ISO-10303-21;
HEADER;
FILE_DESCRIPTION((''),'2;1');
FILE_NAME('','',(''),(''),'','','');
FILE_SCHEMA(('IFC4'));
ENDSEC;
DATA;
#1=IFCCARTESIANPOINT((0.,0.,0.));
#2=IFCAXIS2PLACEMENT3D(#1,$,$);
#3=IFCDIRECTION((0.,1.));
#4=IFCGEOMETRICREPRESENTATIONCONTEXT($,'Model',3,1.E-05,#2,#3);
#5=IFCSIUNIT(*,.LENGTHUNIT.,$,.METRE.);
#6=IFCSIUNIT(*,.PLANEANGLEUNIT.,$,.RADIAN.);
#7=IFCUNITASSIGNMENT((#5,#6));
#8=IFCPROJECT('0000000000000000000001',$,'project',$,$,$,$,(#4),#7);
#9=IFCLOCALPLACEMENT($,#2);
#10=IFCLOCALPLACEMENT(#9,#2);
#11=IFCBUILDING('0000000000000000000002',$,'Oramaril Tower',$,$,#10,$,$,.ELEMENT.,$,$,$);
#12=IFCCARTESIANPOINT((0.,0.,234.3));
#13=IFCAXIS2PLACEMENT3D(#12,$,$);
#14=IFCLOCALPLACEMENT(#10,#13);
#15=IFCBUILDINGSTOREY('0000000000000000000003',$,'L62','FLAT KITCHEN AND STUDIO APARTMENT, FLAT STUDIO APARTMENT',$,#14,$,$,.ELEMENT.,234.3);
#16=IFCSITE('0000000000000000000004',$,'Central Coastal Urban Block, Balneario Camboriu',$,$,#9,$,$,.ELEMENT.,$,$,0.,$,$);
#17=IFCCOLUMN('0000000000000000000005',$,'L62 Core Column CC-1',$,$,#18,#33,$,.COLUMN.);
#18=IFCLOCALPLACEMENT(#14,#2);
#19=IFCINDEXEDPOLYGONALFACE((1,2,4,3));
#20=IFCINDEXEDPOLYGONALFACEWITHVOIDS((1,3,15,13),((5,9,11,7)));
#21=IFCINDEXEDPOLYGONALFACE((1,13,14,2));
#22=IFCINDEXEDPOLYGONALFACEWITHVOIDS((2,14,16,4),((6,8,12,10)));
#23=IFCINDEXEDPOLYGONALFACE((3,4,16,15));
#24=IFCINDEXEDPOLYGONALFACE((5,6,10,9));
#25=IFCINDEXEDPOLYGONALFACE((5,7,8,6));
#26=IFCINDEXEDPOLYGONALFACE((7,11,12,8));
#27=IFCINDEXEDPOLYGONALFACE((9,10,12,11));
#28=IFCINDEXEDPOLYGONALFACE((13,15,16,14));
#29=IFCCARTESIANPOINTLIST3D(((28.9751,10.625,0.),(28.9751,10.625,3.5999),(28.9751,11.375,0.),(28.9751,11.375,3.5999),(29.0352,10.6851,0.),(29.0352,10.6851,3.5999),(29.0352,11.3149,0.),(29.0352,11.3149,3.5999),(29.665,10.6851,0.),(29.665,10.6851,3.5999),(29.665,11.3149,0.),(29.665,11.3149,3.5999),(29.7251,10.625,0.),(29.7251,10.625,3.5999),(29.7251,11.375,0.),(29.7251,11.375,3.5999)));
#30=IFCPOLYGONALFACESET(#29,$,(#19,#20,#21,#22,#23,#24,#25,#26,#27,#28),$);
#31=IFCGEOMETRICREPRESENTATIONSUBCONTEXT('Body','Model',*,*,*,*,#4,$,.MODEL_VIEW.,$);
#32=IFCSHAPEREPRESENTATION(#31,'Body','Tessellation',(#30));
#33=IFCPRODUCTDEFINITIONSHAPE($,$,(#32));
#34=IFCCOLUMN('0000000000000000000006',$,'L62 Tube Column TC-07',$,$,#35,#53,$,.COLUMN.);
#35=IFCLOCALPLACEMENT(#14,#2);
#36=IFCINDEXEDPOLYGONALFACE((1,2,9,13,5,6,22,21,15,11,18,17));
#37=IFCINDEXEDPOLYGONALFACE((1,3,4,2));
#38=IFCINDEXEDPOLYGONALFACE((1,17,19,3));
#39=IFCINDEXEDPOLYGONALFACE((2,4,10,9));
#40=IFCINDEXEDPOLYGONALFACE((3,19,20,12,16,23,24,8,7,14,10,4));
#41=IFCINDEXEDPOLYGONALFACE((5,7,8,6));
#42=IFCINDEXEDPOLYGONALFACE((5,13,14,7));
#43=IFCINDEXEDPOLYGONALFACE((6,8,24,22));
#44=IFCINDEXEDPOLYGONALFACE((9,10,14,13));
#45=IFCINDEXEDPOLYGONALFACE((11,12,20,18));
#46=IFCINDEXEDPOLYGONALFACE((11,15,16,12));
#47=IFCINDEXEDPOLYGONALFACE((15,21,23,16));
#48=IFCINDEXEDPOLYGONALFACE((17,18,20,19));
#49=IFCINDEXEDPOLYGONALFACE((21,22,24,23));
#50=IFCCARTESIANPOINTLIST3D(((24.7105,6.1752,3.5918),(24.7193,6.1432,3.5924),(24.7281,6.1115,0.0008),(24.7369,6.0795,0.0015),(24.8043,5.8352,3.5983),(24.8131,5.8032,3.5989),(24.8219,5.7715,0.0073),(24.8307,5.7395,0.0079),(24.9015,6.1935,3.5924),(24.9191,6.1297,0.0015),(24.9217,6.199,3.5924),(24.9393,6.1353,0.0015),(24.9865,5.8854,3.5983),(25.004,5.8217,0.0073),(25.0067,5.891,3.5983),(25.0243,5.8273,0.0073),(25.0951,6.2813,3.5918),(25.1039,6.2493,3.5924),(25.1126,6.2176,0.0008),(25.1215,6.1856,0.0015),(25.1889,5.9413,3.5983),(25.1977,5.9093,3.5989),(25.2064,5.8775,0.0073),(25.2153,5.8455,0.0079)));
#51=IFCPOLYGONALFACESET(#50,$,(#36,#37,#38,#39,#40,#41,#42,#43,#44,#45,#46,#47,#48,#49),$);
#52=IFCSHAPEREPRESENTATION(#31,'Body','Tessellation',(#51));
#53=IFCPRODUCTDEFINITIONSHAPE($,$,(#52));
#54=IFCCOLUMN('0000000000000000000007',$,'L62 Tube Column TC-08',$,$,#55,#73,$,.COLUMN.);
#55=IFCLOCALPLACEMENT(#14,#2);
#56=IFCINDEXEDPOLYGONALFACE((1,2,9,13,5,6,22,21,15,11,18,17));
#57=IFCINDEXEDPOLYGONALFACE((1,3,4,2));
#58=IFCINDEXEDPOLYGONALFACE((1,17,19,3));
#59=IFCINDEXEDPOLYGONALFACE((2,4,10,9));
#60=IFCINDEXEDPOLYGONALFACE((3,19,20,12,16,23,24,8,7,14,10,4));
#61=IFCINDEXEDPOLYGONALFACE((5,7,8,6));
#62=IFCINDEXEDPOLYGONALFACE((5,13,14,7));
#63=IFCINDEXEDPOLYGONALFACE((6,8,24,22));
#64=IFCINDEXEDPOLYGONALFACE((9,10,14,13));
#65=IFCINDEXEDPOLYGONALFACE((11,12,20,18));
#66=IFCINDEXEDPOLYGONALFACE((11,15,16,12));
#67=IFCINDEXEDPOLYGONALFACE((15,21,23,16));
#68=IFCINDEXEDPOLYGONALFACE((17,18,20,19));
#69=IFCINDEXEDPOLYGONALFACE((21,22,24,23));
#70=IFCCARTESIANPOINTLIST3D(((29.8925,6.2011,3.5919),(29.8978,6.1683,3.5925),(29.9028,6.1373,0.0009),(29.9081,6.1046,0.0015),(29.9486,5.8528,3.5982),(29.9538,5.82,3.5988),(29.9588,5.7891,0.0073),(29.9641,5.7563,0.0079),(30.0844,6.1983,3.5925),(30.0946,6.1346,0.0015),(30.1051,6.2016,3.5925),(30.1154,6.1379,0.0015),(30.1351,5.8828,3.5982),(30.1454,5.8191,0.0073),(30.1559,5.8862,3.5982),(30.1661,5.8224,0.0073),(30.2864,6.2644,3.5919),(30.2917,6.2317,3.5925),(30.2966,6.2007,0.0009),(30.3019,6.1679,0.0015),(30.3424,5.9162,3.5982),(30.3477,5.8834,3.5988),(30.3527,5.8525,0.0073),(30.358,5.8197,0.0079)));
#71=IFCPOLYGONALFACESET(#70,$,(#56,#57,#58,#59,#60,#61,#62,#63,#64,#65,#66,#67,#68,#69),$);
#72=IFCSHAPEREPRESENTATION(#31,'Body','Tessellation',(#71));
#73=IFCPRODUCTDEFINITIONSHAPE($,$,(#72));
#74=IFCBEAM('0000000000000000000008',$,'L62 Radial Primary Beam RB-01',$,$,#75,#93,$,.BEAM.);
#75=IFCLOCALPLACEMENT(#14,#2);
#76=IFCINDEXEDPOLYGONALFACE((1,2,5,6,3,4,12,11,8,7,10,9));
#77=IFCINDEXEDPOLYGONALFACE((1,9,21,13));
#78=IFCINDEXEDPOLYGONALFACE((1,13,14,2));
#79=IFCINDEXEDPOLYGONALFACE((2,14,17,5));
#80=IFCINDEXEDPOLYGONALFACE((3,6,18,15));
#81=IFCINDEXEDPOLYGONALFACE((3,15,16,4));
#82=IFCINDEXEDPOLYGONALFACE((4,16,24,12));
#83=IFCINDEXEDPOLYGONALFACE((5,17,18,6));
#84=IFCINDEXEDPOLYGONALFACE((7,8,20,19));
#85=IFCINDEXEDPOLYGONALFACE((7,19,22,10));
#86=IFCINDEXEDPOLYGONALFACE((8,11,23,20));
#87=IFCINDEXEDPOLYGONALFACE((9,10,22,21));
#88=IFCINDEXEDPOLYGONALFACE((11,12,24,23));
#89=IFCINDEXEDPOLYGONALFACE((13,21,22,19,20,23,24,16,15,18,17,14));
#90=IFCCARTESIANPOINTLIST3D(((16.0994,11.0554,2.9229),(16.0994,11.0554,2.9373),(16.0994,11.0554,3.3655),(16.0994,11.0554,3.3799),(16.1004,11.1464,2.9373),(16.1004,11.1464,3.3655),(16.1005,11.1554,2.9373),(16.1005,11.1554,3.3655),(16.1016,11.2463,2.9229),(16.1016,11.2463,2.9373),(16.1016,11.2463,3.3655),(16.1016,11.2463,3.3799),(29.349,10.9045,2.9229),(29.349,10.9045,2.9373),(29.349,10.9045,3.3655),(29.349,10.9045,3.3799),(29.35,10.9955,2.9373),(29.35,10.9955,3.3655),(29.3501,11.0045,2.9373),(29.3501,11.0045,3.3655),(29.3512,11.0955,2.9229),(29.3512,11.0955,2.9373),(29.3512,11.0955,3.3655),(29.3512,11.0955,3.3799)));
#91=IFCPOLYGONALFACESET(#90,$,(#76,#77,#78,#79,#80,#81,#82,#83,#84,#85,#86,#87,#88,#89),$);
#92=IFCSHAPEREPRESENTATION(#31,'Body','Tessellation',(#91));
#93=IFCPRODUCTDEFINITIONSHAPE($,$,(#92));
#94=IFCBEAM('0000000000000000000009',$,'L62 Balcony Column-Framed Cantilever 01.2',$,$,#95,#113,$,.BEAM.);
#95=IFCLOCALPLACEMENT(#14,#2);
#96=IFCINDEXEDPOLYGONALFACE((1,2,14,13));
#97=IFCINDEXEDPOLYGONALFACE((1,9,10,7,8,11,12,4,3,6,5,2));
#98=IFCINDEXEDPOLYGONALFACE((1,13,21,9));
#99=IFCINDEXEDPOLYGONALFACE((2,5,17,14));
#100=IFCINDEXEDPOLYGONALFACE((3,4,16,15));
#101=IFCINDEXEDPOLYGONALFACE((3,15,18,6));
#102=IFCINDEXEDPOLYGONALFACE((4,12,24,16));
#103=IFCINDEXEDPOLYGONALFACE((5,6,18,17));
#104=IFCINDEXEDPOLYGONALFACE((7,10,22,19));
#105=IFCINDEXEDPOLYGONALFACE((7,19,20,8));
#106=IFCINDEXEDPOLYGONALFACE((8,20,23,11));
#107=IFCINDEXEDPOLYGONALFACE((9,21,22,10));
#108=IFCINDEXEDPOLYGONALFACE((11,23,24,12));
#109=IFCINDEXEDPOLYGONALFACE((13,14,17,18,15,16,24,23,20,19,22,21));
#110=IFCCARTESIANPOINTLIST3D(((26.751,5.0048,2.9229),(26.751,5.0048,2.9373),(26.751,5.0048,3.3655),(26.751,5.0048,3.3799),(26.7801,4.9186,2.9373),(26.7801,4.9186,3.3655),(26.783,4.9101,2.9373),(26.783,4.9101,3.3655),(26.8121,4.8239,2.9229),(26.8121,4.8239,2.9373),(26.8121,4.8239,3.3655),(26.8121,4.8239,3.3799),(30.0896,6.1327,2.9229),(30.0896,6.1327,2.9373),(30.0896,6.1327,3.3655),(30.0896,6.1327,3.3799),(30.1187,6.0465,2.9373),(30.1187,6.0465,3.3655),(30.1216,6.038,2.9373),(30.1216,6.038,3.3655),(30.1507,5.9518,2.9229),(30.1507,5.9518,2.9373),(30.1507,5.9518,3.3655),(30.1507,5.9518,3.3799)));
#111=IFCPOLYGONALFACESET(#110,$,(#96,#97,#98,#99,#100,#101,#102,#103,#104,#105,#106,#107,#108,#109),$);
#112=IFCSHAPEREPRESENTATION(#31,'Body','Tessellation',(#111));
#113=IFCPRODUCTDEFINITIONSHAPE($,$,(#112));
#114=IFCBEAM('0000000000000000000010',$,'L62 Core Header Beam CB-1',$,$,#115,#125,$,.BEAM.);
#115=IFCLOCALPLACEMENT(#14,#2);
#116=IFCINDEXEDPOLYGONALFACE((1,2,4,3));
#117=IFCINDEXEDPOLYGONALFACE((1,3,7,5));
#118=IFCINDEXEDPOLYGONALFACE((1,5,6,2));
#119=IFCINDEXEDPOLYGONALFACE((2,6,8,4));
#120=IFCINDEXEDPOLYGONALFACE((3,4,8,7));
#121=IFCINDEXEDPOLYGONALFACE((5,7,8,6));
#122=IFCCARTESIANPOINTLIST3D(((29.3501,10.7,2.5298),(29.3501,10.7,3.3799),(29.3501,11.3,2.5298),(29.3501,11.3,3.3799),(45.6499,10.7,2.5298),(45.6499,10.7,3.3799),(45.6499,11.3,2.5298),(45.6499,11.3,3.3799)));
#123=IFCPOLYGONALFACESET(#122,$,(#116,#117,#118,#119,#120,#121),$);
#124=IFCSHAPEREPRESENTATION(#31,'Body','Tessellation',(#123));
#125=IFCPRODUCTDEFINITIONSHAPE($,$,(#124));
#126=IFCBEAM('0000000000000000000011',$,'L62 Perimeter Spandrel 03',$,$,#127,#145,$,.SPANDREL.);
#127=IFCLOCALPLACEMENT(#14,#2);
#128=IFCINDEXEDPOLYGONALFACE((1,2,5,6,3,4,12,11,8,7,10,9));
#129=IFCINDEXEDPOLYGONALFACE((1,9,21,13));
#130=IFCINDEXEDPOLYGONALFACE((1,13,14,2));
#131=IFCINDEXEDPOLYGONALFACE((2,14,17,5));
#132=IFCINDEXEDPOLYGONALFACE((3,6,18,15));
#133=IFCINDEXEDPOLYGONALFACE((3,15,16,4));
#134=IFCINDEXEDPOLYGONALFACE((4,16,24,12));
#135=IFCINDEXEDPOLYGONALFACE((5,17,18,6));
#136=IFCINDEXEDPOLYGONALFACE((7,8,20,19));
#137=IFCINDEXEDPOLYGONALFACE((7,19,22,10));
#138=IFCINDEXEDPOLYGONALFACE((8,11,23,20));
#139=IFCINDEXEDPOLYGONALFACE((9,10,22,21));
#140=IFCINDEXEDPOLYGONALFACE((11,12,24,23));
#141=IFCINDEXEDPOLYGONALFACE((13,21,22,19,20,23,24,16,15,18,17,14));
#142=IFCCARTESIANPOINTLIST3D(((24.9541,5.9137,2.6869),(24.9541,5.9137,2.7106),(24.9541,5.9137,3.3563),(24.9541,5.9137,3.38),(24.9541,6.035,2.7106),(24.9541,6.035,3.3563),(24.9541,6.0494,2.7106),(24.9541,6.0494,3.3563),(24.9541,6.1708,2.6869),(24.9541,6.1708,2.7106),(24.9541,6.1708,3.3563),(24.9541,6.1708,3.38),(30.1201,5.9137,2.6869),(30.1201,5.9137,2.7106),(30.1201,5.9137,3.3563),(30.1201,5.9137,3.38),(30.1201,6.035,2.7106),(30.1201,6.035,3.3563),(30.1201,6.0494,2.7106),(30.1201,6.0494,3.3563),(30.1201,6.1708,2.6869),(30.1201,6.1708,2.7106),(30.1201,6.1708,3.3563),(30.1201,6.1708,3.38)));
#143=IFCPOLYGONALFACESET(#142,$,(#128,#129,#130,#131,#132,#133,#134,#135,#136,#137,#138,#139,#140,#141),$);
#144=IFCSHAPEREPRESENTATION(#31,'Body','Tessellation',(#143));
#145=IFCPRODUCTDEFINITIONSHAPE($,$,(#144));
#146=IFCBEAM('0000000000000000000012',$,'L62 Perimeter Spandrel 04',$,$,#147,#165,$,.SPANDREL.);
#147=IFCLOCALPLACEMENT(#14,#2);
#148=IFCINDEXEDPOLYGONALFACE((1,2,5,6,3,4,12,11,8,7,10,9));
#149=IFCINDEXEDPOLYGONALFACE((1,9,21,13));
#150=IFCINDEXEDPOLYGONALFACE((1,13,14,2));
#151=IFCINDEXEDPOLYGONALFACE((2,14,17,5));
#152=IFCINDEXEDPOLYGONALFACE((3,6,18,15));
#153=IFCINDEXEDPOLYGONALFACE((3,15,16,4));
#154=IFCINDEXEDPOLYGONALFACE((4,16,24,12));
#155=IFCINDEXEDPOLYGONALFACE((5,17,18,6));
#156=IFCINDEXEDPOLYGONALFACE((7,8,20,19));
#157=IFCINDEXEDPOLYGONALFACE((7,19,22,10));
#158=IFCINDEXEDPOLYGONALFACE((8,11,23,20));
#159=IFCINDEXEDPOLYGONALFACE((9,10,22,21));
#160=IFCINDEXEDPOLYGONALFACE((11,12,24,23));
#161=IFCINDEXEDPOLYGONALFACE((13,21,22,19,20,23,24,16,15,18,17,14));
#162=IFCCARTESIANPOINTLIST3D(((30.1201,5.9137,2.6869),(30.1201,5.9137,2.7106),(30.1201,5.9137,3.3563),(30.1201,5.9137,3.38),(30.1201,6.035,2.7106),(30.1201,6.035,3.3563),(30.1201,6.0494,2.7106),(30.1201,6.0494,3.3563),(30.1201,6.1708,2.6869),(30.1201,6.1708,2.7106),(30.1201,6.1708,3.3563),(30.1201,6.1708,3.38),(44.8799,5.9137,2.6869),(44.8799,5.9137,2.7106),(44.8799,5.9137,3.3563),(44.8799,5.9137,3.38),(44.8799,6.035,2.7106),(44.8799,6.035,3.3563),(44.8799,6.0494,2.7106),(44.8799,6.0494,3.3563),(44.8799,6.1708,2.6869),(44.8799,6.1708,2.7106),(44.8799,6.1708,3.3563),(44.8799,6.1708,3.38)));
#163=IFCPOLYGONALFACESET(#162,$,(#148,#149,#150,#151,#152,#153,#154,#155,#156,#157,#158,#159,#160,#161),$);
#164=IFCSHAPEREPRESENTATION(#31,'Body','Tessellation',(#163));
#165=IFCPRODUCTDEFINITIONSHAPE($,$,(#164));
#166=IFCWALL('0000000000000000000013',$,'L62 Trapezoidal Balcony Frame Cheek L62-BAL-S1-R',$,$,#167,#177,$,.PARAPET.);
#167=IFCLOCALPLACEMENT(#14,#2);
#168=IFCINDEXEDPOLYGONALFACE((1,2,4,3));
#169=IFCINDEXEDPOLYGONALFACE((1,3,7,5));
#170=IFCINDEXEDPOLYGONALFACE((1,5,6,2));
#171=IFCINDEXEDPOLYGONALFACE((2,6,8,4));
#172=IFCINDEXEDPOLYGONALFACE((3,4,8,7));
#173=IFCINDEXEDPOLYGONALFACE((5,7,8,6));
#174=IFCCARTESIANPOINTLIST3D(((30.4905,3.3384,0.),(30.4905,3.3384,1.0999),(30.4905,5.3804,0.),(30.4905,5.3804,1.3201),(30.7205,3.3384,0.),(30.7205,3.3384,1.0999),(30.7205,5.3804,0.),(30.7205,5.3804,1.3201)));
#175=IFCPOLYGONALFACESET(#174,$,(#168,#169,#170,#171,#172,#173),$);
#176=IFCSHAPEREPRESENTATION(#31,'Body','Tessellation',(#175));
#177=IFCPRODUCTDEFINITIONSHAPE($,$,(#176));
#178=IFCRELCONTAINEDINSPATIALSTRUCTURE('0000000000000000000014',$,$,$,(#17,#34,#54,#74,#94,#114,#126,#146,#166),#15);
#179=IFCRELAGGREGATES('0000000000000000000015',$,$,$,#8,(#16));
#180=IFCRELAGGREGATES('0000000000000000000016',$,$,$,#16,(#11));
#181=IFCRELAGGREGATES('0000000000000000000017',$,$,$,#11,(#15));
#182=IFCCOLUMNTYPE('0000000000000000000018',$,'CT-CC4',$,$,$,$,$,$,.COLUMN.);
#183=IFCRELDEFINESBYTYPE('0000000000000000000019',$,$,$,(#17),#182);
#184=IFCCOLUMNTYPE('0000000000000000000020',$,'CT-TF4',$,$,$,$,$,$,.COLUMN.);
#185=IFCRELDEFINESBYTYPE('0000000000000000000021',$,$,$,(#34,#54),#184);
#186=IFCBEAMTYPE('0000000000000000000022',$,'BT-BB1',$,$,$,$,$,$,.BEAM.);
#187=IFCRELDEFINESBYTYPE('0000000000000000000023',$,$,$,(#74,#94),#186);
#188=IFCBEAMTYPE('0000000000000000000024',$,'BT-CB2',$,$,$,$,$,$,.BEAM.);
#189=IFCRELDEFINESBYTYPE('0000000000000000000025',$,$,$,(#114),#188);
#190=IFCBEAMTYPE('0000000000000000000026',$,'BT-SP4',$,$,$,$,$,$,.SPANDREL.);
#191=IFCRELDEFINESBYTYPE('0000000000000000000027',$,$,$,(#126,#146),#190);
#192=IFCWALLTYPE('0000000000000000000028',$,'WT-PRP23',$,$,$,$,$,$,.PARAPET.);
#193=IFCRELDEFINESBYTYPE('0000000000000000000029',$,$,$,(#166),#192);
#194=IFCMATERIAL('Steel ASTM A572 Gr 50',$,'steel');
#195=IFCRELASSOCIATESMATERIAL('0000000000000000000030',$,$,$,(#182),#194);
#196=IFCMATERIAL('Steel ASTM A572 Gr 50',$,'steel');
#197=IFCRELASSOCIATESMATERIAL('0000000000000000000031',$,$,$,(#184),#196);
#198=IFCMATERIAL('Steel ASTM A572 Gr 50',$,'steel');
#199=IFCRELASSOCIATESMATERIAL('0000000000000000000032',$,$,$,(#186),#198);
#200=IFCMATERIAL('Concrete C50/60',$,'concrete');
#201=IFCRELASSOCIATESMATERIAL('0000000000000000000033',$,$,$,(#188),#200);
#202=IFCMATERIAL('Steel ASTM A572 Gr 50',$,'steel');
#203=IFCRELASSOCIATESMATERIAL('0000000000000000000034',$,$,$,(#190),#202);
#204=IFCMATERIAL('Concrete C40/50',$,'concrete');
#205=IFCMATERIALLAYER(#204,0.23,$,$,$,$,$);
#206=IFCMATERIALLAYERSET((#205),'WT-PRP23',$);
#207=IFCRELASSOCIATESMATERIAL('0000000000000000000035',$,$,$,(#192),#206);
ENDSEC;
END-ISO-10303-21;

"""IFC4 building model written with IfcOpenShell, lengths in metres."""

from ifc_helpers import new_model, si_unit, direction, frame, origin, origin_2d, place, context, subcontext, project, spatial, polyline, rectangle, hollow_rectangle, i_section, outline, extrude, material, layer, layer_set, material_profile, profile_set, type_object, element, save


model = new_model("IFC4")

# Units and contexts
model_context = context("Model", 3, precision=1e-05, world=origin(), true_north=direction((0.0, 1.0)))
body_context = subcontext(model_context, "Body", "Model", "MODEL_VIEW")
ifc_project = project(units=[si_unit("LENGTHUNIT", "METRE"), si_unit("PLANEANGLEUNIT", "RADIAN")], contexts=[model_context])

# Site, building, storey
site_placement = place(None, origin())
site = spatial("IfcSite", under=ifc_project, at=site_placement, Name="Central Coastal Urban Block, Balneario Camboriu", CompositionType="ELEMENT", RefElevation=0.0)
building_placement = place(site_placement, origin())
building = spatial("IfcBuilding", under=site, at=building_placement, Name="Oramaril Tower", CompositionType="ELEMENT")
storey_placement = place(building_placement, frame((0.0, 0.0, 234.3)))
storey = spatial("IfcBuildingStorey", under=building, at=storey_placement, Name="L62", Description="FLAT KITCHEN AND STUDIO APARTMENT, FLAT STUDIO APARTMENT", CompositionType="ELEMENT", Elevation=234.3)

# Columns
ifc_material_1 = material(Name="Steel ASTM A572 Gr 50", Category="steel")
ifc_material_profile_1 = material_profile(ifc_material_1, hollow_rectangle(XDim=0.75, YDim=0.75, WallThickness=0.0601, at=origin_2d()), Name="BOX750X750X60")
ifc_profile_set_1 = profile_set([ifc_material_profile_1], Name="Steel ASTM A572 Gr 50")
column_type_1 = type_object("IfcColumnType", Name="CT-CC4", PredefinedType="COLUMN", material=ifc_profile_set_1)
column_placement = place(storey_placement, frame((29.3501, 11.0, 0.0), z_axis=(0.0, 0.0, 1.0), x_axis=(1.0, 0.0, 0.0)))
element("IfcColumn", 1, at=column_placement, inside=storey, type_object=column_type_1, Name="L62 Core Column CC-1", PredefinedType="COLUMN", context=body_context, shape_type="SweptSolid", body=[
    extrude(hollow_rectangle(XDim=0.75, YDim=0.75, WallThickness=0.0601, at=origin_2d()), origin(), (0.0, 0.0, 1.0), 3.5999),
])
ifc_material_2 = material(Name="Steel ASTM A572 Gr 50", Category="steel")
ifc_material_profile_2 = material_profile(ifc_material_2, i_section(OverallWidth=0.3989, OverallDepth=0.386, WebThickness=0.021, FlangeThickness=0.0332, at=origin_2d()), Name="W14X176")
ifc_profile_set_2 = profile_set([ifc_material_profile_2], Name="Steel ASTM A572 Gr 50")
column_type_2 = type_object("IfcColumnType", Name="CT-TF4", PredefinedType="COLUMN", material=ifc_profile_set_2)
for number, where, z_axis, x_axis, name in (
    (2, (24.9717, 5.9785, 0.0044), (-0.004894, 0.017741, 0.999831), (-0.963993, -0.265929, 0.0), "L62 Tube Column TC-07"),
    (3, (30.1304, 5.9785, 0.0044), (-0.002855, 0.017741, 0.999839), (-0.987299, -0.158876, 0.0), "L62 Tube Column TC-08"),
):
    element("IfcColumn", number, at=place(storey_placement, frame(where, z_axis=z_axis, x_axis=x_axis)), inside=storey, type_object=column_type_2, Name=name, PredefinedType="COLUMN", context=body_context, shape_type="SweptSolid", body=[
        extrude(i_section(OverallWidth=0.3989, OverallDepth=0.386, WebThickness=0.021, FlangeThickness=0.0332, at=origin_2d()), origin(), (0.0, 0.0, 1.0), 3.5916),
    ])

# Beams
ifc_material_3 = material(Name="Steel ASTM A572 Gr 50", Category="steel")
ifc_material_profile_3 = material_profile(ifc_material_3, i_section(OverallWidth=0.1909, OverallDepth=0.457, WebThickness=0.009, FlangeThickness=0.0144, at=origin_2d()), Name="W18X50")
ifc_profile_set_3 = profile_set([ifc_material_profile_3], Name="Steel ASTM A572 Gr 50")
beam_type_1 = type_object("IfcBeamType", Name="BT-BB1", PredefinedType="BEAM", material=ifc_profile_set_3)
beam_1_placement = place(storey_placement, frame((29.3501, 11.0, 3.1514), z_axis=(-0.999935, 0.011387, 0.0), x_axis=(-0.011387, -0.999935, 0.0)))
element("IfcBeam", 4, at=beam_1_placement, inside=storey, type_object=beam_type_1, Name="L62 Radial Primary Beam RB-01", PredefinedType="BEAM", context=body_context, shape_type="SweptSolid", body=[
    extrude(i_section(OverallWidth=0.1909, OverallDepth=0.457, WebThickness=0.009, FlangeThickness=0.0144, at=origin_2d()), origin(), (0.0, 0.0, 1.0), 13.2505),
])
beam_2_placement = place(storey_placement, frame((30.1201, 6.0422, 3.1514), z_axis=(-0.947394, -0.32007, 0.0), x_axis=(0.32007, -0.947394, 0.0)))
element("IfcBeam", 5, at=beam_2_placement, inside=storey, type_object=beam_type_1, Name="L62 Balcony Column-Framed Cantilever 01.2", PredefinedType="BEAM", context=body_context, shape_type="SweptSolid", body=[
    extrude(i_section(OverallWidth=0.1909, OverallDepth=0.457, WebThickness=0.009, FlangeThickness=0.0144, at=origin_2d()), origin(), (0.0, 0.0, 1.0), 3.5239),
])
ifc_material_4 = material(Name="Concrete C50/60", Category="concrete")
ifc_material_profile_4 = material_profile(ifc_material_4, rectangle(XDim=0.6001, YDim=0.8501, at=origin_2d()), Name="CB600X850")
ifc_profile_set_4 = profile_set([ifc_material_profile_4], Name="Concrete C50/60")
beam_type_2 = type_object("IfcBeamType", Name="BT-CB2", PredefinedType="BEAM", material=ifc_profile_set_4)
beam_3_placement = place(storey_placement, frame((29.3501, 11.0, 2.9548), z_axis=(1.0, 0.0, 0.0), x_axis=(0.0, 1.0, 0.0)))
element("IfcBeam", 6, at=beam_3_placement, inside=storey, type_object=beam_type_2, Name="L62 Core Header Beam CB-1", PredefinedType="BEAM", context=body_context, shape_type="SweptSolid", body=[
    extrude(rectangle(XDim=0.6001, YDim=0.8501, at=origin_2d()), origin(), (0.0, 0.0, 1.0), 16.2998),
])
ifc_material_5 = material(Name="Steel ASTM A572 Gr 50", Category="steel")
ifc_material_profile_5 = material_profile(ifc_material_5, i_section(OverallWidth=0.2571, OverallDepth=0.6931, WebThickness=0.0144, FlangeThickness=0.0237, at=origin_2d()), Name="W27X114")
ifc_profile_set_5 = profile_set([ifc_material_profile_5], Name="Steel ASTM A572 Gr 50")
beam_type_3 = type_object("IfcBeamType", Name="BT-SP4", PredefinedType="SPANDREL", material=ifc_profile_set_5)
beam_4_placement = place(storey_placement, frame((24.9541, 6.0422, 3.0334), z_axis=(1.0, 0.0, 0.0), x_axis=(0.0, 1.0, 0.0)))
element("IfcBeam", 7, at=beam_4_placement, inside=storey, type_object=beam_type_3, Name="L62 Perimeter Spandrel 03", PredefinedType="SPANDREL", context=body_context, shape_type="SweptSolid", body=[
    extrude(i_section(OverallWidth=0.2571, OverallDepth=0.6931, WebThickness=0.0144, FlangeThickness=0.0237, at=origin_2d()), origin(), (0.0, 0.0, 1.0), 5.166),
])
beam_5_placement = place(storey_placement, frame((30.1201, 6.0422, 3.0334), z_axis=(1.0, 0.0, 0.0), x_axis=(0.0, 1.0, 0.0)))
element("IfcBeam", 8, at=beam_5_placement, inside=storey, type_object=beam_type_3, Name="L62 Perimeter Spandrel 04", PredefinedType="SPANDREL", context=body_context, shape_type="SweptSolid", body=[
    extrude(i_section(OverallWidth=0.2571, OverallDepth=0.6931, WebThickness=0.0144, FlangeThickness=0.0237, at=origin_2d()), origin(), (0.0, 0.0, 1.0), 14.7598),
])

# Wall
ifc_material_6 = material(Name="Concrete C40/50", Category="concrete")
ifc_layer_1 = layer(ifc_material_6, 0.23)
ifc_layer_set_1 = layer_set([ifc_layer_1], Name="WT-PRP23")
wall_type_1 = type_object("IfcWallType", Name="WT-PRP23", PredefinedType="PARAPET", material=ifc_layer_set_1)
wall_1_placement = place(storey_placement, frame((30.6055, 5.3804, 0.0), z_axis=(0.0, 0.0, 1.0), x_axis=(0.0, -1.0, 0.0)))
element("IfcWall", 9, at=wall_1_placement, inside=storey, type_object=wall_type_1, Name="L62 Trapezoidal Balcony Frame Cheek L62-BAL-S1-R", PredefinedType="PARAPET", context=body_context, shape_type="SweptSolid", body=[
    extrude(outline(polyline([(0.0, 0.0), (2.042, 0.0), (2.042, 1.0999), (0.0, 1.3201), (0.0, 0.0)])), frame((0.0, 0.115, 0.0), z_axis=(0.0, -1.0, 0.0), x_axis=(1.0, 0.0, 0.0)), (0.0, 0.0, 1.0), 0.23),
])

save(model, "model.ifc")
